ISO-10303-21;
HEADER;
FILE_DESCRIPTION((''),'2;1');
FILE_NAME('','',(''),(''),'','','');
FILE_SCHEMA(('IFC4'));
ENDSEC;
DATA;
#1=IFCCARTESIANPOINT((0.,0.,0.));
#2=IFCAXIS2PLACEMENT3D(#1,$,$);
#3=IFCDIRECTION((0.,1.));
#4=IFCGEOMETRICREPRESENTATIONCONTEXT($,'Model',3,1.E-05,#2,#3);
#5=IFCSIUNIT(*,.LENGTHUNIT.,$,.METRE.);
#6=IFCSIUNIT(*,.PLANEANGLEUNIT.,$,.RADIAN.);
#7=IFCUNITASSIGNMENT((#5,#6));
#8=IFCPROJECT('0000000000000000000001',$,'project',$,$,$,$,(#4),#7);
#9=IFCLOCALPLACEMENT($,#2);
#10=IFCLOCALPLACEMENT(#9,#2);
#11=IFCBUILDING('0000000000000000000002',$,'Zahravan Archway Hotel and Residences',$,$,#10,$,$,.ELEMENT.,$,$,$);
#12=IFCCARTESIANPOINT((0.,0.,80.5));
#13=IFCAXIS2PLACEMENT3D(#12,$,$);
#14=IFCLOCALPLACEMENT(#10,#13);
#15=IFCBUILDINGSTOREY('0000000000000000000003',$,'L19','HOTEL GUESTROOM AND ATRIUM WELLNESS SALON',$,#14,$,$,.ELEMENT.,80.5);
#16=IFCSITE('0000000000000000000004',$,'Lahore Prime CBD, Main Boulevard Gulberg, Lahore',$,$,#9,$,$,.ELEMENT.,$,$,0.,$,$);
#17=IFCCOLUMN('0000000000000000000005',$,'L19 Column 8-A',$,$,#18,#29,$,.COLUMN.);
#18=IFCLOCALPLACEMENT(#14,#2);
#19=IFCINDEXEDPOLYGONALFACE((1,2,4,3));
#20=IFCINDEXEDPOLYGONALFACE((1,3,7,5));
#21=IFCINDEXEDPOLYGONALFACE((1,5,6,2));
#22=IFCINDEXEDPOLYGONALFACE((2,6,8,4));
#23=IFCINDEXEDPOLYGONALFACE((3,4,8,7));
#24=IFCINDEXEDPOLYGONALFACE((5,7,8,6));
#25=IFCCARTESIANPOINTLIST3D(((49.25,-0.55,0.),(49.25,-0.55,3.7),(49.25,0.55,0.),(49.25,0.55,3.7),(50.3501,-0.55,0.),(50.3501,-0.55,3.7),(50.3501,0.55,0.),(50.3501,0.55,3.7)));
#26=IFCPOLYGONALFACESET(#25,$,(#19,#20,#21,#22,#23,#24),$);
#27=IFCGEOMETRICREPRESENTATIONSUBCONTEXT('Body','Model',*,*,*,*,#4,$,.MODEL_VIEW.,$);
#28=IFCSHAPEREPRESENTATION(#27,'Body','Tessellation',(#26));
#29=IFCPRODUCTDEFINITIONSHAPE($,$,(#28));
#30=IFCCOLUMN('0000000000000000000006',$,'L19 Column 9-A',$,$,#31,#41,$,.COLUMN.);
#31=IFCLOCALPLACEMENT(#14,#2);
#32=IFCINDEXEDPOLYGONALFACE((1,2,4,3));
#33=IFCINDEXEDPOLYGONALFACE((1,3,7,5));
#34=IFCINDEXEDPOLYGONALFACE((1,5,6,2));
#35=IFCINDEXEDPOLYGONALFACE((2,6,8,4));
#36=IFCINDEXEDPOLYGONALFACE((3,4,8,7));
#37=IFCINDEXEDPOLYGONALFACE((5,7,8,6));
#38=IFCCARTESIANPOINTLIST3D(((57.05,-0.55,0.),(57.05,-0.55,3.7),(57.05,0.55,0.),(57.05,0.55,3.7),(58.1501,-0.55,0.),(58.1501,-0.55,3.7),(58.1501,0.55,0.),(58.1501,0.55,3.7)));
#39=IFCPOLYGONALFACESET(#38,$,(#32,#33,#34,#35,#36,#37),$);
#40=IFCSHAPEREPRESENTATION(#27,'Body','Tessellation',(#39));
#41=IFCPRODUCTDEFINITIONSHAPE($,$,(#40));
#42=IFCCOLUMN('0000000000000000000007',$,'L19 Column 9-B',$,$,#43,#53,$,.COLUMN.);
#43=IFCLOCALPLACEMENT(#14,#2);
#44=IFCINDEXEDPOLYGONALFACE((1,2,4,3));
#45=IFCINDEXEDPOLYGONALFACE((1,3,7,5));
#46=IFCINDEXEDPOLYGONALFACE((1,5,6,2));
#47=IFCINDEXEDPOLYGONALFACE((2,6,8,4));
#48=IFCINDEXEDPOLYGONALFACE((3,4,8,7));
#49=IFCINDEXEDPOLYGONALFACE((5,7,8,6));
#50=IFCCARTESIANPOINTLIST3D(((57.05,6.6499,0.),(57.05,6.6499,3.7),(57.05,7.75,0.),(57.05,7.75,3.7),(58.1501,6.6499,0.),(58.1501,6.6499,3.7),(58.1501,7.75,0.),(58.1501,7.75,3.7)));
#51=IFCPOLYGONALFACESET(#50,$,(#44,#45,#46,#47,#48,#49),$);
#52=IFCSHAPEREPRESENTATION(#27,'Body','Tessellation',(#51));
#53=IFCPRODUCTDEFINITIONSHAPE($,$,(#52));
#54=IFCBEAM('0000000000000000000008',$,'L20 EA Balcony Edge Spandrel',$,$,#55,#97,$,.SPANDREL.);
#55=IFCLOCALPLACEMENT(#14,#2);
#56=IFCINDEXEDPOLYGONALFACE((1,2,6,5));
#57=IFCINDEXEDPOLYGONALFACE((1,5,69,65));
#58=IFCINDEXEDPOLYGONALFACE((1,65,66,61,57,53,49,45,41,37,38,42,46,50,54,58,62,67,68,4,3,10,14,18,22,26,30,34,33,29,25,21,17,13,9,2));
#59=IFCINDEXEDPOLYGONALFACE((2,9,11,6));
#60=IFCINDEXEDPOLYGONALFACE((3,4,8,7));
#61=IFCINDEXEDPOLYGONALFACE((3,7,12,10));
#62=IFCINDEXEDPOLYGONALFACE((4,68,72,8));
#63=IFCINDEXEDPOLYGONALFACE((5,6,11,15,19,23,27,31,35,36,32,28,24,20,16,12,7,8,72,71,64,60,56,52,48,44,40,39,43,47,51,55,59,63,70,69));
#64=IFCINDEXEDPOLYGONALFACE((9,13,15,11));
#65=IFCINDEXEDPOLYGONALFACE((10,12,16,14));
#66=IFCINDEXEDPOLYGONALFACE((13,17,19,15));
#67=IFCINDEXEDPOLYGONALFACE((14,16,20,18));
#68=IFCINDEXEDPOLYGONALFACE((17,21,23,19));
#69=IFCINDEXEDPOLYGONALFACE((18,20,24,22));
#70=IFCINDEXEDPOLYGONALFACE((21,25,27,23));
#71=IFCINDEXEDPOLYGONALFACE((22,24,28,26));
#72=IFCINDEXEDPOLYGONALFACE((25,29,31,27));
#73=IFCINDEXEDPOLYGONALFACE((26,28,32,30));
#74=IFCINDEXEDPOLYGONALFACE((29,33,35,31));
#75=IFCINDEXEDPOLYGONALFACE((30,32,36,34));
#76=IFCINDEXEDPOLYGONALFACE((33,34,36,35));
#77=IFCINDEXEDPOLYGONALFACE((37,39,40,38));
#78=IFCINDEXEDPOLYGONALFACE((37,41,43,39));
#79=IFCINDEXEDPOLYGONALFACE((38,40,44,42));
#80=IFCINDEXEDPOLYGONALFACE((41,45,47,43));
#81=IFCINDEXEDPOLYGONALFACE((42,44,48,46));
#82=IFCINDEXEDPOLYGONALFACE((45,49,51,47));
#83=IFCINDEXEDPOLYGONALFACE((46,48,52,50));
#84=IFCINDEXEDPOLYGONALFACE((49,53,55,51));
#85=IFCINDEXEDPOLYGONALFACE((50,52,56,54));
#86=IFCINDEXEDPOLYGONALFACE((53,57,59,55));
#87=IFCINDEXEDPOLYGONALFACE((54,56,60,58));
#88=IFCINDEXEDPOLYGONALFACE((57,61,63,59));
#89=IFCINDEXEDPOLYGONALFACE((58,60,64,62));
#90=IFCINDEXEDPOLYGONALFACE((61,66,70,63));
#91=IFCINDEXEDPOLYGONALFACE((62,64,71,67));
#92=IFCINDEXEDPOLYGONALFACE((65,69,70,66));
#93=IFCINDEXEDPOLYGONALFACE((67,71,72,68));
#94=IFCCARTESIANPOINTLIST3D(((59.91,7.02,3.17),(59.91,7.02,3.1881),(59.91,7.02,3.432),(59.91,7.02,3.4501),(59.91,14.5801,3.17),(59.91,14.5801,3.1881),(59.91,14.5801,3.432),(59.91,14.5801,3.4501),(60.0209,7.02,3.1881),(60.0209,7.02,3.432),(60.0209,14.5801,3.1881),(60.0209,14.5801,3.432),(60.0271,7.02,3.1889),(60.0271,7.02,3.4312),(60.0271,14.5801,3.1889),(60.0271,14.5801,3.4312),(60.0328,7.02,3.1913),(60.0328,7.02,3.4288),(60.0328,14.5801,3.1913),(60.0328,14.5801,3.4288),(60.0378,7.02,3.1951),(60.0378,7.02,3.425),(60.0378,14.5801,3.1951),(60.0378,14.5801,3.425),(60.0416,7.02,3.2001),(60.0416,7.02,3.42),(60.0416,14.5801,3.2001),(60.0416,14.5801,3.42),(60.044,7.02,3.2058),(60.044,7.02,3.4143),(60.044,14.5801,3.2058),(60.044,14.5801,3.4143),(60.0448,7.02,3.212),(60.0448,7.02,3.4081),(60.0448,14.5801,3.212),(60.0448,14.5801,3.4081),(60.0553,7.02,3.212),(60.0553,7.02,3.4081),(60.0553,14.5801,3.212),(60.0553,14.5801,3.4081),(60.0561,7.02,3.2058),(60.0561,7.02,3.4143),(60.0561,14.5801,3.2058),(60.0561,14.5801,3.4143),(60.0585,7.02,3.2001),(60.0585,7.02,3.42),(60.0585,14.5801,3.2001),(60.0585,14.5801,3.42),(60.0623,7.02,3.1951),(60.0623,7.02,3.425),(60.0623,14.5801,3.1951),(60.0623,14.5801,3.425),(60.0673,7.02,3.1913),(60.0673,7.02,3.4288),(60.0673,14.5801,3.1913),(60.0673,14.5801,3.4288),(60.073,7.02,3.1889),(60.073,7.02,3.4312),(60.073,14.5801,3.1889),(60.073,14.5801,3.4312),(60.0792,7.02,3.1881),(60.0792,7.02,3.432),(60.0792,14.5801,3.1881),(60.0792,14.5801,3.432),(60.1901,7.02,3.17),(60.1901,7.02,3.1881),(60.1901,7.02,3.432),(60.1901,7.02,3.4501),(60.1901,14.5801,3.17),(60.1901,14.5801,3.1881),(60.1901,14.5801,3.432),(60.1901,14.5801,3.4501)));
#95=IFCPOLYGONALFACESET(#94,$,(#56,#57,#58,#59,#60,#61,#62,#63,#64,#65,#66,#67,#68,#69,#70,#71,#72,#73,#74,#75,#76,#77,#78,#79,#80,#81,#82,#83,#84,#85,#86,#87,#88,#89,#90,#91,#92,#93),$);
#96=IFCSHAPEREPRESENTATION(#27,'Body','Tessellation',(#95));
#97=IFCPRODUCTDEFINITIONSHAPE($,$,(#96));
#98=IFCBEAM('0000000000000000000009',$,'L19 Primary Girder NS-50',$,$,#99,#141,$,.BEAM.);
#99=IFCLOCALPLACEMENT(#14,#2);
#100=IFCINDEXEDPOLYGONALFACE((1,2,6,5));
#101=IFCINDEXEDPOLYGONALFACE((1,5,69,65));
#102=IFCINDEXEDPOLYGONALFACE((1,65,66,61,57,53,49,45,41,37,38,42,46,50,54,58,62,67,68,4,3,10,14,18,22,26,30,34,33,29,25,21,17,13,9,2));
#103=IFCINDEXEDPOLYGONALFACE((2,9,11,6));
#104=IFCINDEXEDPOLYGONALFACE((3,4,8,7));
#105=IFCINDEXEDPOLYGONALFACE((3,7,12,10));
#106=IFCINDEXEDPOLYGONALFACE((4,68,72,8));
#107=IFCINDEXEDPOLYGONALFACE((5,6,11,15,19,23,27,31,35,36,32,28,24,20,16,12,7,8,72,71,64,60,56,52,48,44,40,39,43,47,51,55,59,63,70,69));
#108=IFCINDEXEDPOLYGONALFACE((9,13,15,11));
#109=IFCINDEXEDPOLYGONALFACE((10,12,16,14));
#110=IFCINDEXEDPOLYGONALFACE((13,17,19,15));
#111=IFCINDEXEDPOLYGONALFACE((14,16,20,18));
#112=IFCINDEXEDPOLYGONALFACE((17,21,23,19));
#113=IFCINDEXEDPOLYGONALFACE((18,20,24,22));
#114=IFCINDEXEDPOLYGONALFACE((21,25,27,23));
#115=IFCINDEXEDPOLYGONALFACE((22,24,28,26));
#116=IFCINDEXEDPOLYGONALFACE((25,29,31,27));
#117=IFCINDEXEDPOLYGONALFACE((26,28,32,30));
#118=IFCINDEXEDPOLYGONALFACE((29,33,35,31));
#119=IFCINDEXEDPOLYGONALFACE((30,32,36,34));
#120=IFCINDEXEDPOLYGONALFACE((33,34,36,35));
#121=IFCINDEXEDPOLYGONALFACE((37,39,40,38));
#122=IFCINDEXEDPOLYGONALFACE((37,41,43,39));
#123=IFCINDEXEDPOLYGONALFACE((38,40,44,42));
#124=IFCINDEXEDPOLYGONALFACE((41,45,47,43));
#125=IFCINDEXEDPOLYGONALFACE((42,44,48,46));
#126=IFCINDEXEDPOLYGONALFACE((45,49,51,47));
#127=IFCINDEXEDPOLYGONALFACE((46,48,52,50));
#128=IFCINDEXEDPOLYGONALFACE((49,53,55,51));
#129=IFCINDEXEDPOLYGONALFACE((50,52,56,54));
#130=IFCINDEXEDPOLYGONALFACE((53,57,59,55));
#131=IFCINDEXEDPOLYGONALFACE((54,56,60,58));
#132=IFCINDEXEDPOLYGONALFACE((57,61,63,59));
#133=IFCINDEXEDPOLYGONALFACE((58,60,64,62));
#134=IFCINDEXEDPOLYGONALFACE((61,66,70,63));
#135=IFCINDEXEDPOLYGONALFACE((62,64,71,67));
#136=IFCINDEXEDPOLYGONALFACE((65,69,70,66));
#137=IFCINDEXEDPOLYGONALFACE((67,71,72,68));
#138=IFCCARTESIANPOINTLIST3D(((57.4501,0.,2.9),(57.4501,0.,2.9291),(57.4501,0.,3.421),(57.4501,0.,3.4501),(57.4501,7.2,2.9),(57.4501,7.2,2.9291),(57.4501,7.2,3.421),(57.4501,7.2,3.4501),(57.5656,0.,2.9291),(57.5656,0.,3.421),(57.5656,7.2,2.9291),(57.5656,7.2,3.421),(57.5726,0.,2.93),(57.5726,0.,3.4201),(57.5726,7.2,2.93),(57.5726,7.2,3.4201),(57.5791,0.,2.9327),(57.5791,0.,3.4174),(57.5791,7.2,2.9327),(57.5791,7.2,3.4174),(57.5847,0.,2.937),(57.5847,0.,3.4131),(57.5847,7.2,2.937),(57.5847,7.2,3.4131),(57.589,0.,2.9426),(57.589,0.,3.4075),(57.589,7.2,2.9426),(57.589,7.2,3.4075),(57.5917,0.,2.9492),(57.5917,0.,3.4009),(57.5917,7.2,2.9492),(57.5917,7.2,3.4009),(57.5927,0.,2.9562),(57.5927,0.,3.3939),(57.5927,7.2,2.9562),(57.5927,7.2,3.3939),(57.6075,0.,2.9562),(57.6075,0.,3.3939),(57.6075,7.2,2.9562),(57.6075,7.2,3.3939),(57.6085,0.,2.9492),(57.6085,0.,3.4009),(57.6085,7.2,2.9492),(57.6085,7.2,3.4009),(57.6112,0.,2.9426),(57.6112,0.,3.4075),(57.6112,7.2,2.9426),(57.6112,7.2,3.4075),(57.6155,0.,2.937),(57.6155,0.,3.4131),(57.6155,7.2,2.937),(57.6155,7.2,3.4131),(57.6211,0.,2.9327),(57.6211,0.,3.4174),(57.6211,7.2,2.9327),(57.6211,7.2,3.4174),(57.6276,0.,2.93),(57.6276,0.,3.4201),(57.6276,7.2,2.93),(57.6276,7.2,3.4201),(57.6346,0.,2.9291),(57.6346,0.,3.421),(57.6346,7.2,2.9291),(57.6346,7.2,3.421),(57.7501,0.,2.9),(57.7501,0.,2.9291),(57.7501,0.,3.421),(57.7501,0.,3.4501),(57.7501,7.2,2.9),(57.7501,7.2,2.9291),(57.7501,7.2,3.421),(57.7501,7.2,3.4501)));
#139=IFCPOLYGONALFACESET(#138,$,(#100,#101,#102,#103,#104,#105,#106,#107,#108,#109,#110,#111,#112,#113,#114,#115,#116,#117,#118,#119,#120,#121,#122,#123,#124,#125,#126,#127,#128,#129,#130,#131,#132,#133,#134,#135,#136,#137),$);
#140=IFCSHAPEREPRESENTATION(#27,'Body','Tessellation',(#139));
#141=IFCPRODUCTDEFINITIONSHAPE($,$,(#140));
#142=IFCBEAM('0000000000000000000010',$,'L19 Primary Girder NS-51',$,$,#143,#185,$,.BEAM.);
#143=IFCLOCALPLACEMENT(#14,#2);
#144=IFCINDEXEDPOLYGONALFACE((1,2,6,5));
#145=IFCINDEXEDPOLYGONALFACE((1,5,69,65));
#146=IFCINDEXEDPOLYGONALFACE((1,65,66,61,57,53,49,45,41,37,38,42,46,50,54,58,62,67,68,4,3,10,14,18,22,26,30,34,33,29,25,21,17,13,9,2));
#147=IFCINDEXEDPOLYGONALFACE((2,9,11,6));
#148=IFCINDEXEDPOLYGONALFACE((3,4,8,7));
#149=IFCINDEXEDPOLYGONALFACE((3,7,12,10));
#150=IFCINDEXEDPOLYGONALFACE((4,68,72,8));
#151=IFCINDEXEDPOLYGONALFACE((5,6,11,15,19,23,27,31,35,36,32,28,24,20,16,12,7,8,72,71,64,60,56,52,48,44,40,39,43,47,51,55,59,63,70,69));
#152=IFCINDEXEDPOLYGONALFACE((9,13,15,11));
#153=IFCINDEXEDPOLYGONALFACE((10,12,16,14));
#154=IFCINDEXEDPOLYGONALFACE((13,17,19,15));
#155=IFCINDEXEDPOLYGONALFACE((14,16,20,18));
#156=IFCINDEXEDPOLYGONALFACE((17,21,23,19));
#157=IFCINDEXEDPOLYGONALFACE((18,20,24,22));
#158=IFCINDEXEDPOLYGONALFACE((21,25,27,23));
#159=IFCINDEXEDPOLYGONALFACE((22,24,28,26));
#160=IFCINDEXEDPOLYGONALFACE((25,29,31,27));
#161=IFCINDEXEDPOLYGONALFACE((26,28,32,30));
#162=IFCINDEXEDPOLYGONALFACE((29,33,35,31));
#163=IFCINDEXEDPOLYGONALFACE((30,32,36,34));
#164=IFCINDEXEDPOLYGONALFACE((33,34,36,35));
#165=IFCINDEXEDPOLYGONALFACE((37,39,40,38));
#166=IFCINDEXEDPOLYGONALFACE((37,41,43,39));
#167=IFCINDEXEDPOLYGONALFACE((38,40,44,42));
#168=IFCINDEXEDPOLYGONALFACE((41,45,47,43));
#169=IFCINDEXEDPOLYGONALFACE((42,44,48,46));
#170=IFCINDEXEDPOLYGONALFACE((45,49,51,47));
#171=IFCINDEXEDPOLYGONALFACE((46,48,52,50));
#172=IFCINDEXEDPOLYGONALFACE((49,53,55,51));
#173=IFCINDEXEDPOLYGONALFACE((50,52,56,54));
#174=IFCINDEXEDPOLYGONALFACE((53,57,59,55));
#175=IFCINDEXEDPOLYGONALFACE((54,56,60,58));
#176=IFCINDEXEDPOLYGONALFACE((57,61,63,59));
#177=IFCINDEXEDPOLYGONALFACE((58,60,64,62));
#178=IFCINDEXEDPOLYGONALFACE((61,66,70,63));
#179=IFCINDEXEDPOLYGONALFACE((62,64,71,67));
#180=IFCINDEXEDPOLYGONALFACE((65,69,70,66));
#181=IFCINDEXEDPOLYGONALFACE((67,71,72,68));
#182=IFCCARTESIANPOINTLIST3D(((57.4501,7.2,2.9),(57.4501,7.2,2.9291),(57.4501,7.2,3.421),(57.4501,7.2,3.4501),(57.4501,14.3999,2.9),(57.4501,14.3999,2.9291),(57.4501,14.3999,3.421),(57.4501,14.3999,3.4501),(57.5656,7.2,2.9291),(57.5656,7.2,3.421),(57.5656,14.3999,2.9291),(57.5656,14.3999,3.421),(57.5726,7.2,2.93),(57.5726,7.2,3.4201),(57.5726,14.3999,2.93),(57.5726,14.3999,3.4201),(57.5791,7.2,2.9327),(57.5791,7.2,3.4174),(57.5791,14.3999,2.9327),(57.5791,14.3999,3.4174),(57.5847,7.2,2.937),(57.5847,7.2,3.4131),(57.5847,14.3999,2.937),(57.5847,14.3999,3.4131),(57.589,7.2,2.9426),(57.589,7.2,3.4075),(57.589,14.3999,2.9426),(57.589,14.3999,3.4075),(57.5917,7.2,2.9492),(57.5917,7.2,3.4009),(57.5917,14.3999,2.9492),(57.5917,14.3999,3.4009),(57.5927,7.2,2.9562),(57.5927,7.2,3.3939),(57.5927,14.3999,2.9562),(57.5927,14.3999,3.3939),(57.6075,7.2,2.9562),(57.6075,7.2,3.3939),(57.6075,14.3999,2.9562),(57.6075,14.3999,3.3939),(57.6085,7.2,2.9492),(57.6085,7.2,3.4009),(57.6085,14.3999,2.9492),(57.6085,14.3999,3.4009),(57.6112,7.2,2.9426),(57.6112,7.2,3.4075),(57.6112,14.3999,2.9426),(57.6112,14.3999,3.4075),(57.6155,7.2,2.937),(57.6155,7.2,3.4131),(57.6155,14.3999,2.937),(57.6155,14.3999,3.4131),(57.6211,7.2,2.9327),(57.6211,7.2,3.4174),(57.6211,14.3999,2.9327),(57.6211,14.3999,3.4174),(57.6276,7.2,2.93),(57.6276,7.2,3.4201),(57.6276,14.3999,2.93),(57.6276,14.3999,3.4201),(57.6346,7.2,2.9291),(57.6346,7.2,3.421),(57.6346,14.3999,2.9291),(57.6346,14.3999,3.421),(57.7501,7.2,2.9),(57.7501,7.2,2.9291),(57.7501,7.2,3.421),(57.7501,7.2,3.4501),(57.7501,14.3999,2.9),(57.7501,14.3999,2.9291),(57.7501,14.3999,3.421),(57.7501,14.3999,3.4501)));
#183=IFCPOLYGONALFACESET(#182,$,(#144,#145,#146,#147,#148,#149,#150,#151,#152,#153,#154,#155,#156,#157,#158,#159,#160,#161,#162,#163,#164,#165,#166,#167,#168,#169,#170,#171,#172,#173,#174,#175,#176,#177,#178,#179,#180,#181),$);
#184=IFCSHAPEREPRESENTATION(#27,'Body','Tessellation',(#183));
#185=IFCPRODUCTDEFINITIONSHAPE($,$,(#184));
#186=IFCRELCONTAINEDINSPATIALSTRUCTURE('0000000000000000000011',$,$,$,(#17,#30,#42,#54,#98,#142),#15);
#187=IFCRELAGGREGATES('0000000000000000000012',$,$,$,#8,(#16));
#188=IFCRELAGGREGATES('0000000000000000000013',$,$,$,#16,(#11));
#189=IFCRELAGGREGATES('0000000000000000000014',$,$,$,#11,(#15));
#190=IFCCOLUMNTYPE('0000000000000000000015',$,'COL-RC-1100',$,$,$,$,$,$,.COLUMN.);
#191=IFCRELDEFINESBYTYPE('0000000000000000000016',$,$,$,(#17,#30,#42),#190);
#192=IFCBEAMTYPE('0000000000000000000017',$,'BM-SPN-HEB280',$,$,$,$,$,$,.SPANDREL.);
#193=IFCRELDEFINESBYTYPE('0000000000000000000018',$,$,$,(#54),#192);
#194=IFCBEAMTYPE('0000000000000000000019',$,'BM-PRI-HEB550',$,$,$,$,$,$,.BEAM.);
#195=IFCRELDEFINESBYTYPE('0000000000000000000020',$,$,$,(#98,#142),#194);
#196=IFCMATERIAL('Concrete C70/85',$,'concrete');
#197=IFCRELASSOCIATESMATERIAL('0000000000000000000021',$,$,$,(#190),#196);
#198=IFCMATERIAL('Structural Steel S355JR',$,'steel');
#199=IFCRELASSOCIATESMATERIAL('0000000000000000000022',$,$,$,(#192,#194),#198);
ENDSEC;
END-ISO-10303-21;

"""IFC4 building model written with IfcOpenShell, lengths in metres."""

from ifc_helpers import new_model, si_unit, direction, frame, origin, origin_2d, place, context, subcontext, project, spatial, rectangle, i_section, extrude, source, transform, mapped, material, material_profile, profile_set, type_object, type_shapes, element, save


model = new_model("IFC4")

# Units and contexts
model_context = context("Model", 3, precision=1e-05, world=origin(), true_north=direction((0.0, 1.0)))
body_context = subcontext(model_context, "Body", "Model", "MODEL_VIEW")
ifc_project = project(units=[si_unit("LENGTHUNIT", "METRE"), si_unit("PLANEANGLEUNIT", "RADIAN")], contexts=[model_context])

# Site, building, storey
site_placement = place(None, origin())
site = spatial("IfcSite", under=ifc_project, at=site_placement, Name="Lahore Prime CBD, Main Boulevard Gulberg, Lahore", CompositionType="ELEMENT", RefElevation=0.0)
building_placement = place(site_placement, origin())
building = spatial("IfcBuilding", under=site, at=building_placement, Name="Zahravan Archway Hotel and Residences", CompositionType="ELEMENT")
storey_placement = place(building_placement, frame((0.0, 0.0, 80.5)))
storey = spatial("IfcBuildingStorey", under=building, at=storey_placement, Name="L19", Description="HOTEL GUESTROOM AND ATRIUM WELLNESS SALON", CompositionType="ELEMENT", Elevation=80.5)

# Columns
ifc_material_1 = material(Name="Concrete C70/85", Category="concrete")
ifc_material_profile_1 = material_profile(ifc_material_1, rectangle(XDim=1.1001, YDim=1.1001, at=origin_2d()), Name="RC 1100x1100", Category="concrete")
ifc_profile_set_1 = profile_set([ifc_material_profile_1], Name="Concrete C70/85")
column_type = type_object("IfcColumnType", Name="COL-RC-1100", PredefinedType="COLUMN", material=ifc_profile_set_1)
shared_shape_1 = source(origin(), body_context, "Body", "SweptSolid", [
    extrude(rectangle(XDim=1.1001, YDim=1.1001, at=origin_2d()), origin(), (0.0, 0.0, 1.0), 3.7),
])
for number, where, z_axis, x_axis, name in (
    (1, (49.8, 0.0, 0.0), (0.0, 0.0, 1.0), (1.0, 0.0, 0.0), "L19 Column 8-A"),
    (2, (57.6001, 0.0, 0.0), (0.0, 0.0, 1.0), (1.0, 0.0, 0.0), "L19 Column 9-A"),
    (3, (57.6001, 7.2, 0.0), (0.0, 0.0, 1.0), (1.0, 0.0, 0.0), "L19 Column 9-B"),
):
    element("IfcColumn", number, at=place(storey_placement, frame(where, z_axis=z_axis, x_axis=x_axis)), inside=storey, type_object=column_type, Name=name, PredefinedType="COLUMN", context=body_context, shape_type="MappedRepresentation", body=[
        mapped(shared_shape_1, transform((0.0, 0.0, 0.0), scale=1.0)),
    ])

# Beams
ifc_material_2 = material(Name="Structural Steel S355JR", Category="steel")
ifc_material_profile_2 = material_profile(ifc_material_2, i_section(OverallWidth=0.28, OverallDepth=0.28, WebThickness=0.0105, FlangeThickness=0.0181, FilletRadius=0.0239, at=origin_2d()), Name="HEB 280", Category="steel")
ifc_profile_set_2 = profile_set([ifc_material_profile_2], Name="Structural Steel S355JR")
beam_type_1 = type_object("IfcBeamType", Name="BM-SPN-HEB280", PredefinedType="SPANDREL", material=ifc_profile_set_2)
shared_shape_2 = source(origin(), body_context, "Body", "SweptSolid", [
    extrude(i_section(OverallWidth=0.28, OverallDepth=0.28, WebThickness=0.0105, FlangeThickness=0.0181, FilletRadius=0.0239, at=origin_2d()), origin(), (0.0, 0.0, 1.0), 7.5601),
])
type_shapes(beam_type_1, [shared_shape_2])
beam_1_placement = place(storey_placement, frame((60.05, 7.02, 3.3101), z_axis=(0.0, 1.0, 0.0), x_axis=(-1.0, 0.0, 0.0)))
element("IfcBeam", 4, at=beam_1_placement, inside=storey, type_object=beam_type_1, Name="L20 EA Balcony Edge Spandrel", PredefinedType="SPANDREL", context=body_context, shape_type="MappedRepresentation", body=[
    mapped(shared_shape_2, transform((0.0, 0.0, 0.0), scale=1.0)),
])
ifc_material_profile_3 = material_profile(ifc_material_2, i_section(OverallWidth=0.3, OverallDepth=0.55, WebThickness=0.0149, FlangeThickness=0.0291, FilletRadius=0.0271, at=origin_2d()), Name="HEB 550", Category="steel")
ifc_profile_set_3 = profile_set([ifc_material_profile_3], Name="Structural Steel S355JR")
beam_type_2 = type_object("IfcBeamType", Name="BM-PRI-HEB550", PredefinedType="BEAM", material=ifc_profile_set_3)
shared_shape_3 = source(origin(), body_context, "Body", "SweptSolid", [
    extrude(i_section(OverallWidth=0.3, OverallDepth=0.55, WebThickness=0.0149, FlangeThickness=0.0291, FilletRadius=0.0271, at=origin_2d()), origin(), (0.0, 0.0, 1.0), 7.2),
])
for number, where, z_axis, x_axis, name in (
    (5, (57.6001, 0.0, 3.175), (0.0, 1.0, 0.0), (-1.0, 0.0, 0.0), "L19 Primary Girder NS-50"),
    (6, (57.6001, 7.2, 3.175), (0.0, 1.0, 0.0), (-1.0, 0.0, 0.0), "L19 Primary Girder NS-51"),
):
    element("IfcBeam", number, at=place(storey_placement, frame(where, z_axis=z_axis, x_axis=x_axis)), inside=storey, type_object=beam_type_2, Name=name, PredefinedType="BEAM", context=body_context, shape_type="MappedRepresentation", body=[
        mapped(shared_shape_3, transform((0.0, 0.0, 0.0), scale=1.0)),
    ])

save(model, "model.ifc")
